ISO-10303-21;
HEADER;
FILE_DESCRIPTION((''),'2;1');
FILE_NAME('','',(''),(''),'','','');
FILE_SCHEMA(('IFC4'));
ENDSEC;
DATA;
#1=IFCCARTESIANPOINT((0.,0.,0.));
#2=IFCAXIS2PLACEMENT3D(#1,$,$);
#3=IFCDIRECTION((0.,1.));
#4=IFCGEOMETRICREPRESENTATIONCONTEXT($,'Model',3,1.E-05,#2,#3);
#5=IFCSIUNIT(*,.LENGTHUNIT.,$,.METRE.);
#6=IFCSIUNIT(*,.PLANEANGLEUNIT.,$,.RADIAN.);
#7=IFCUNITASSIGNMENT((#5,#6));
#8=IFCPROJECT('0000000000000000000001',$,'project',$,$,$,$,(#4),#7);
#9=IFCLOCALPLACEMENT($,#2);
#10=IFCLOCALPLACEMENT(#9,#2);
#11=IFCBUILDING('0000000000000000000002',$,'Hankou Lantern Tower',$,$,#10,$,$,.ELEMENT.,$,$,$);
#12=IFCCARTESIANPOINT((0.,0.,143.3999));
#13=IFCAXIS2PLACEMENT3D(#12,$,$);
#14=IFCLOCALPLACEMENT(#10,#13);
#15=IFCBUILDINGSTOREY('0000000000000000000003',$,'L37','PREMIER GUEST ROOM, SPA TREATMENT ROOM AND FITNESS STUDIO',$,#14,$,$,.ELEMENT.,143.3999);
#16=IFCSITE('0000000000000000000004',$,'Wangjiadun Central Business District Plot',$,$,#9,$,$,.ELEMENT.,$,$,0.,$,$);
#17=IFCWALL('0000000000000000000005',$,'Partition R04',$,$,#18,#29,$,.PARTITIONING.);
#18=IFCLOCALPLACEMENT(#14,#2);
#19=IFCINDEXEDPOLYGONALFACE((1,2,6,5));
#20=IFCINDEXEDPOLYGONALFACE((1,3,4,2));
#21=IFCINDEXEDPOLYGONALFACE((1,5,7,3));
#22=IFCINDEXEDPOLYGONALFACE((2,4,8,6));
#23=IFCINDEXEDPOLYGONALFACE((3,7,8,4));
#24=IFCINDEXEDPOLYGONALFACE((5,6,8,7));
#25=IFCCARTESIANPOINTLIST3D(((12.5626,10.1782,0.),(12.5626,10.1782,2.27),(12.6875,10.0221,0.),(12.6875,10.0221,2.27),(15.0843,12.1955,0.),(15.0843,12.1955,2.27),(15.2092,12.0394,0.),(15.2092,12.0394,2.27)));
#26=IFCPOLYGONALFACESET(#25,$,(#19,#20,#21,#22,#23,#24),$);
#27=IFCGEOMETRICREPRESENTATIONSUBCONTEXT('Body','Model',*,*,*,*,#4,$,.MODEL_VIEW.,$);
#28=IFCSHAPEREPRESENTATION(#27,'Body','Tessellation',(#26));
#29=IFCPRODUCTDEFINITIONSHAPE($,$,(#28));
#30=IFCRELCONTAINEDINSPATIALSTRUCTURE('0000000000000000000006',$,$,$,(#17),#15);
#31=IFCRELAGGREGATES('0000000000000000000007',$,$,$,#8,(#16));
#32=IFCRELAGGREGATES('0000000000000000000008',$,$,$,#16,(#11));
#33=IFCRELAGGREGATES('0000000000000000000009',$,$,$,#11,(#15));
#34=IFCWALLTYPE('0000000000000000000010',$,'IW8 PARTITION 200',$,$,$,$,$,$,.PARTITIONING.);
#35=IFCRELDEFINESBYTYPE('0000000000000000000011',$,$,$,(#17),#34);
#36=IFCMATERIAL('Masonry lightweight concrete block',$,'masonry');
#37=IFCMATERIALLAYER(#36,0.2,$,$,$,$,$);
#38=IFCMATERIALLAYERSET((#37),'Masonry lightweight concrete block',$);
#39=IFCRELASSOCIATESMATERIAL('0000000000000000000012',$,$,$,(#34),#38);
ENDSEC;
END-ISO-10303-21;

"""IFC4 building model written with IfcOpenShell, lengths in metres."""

from ifc_helpers import new_model, si_unit, direction, frame, frame_2d, origin, place, context, subcontext, project, spatial, rectangle, extrude, material, layer, layer_set, type_object, element, save


model = new_model("IFC4")

# Units and contexts
model_context = context("Model", 3, precision=1e-05, world=origin(), true_north=direction((0.0, 1.0)))
body_context = subcontext(model_context, "Body", "Model", "MODEL_VIEW")
ifc_project = project(units=[si_unit("LENGTHUNIT", "METRE"), si_unit("PLANEANGLEUNIT", "RADIAN")], contexts=[model_context])

# Site, building, storey
site_placement = place(None, origin())
site = spatial("IfcSite", under=ifc_project, at=site_placement, Name="Wangjiadun Central Business District Plot", CompositionType="ELEMENT", RefElevation=0.0)
building_placement = place(site_placement, origin())
building = spatial("IfcBuilding", under=site, at=building_placement, Name="Hankou Lantern Tower", CompositionType="ELEMENT")
storey_placement = place(building_placement, frame((0.0, 0.0, 143.3999)))
storey = spatial("IfcBuildingStorey", under=building, at=storey_placement, Name="L37", Description="PREMIER GUEST ROOM, SPA TREATMENT ROOM AND FITNESS STUDIO", CompositionType="ELEMENT", Elevation=143.3999)

# Wall
ifc_material_1 = material(Name="Masonry lightweight concrete block", Category="masonry")
ifc_layer_1 = layer(ifc_material_1, 0.2)
ifc_layer_set_1 = layer_set([ifc_layer_1], Name="Masonry lightweight concrete block")
wall_type_1 = type_object("IfcWallType", Name="IW8 PARTITION 200", PredefinedType="PARTITIONING", material=ifc_layer_set_1)
wall_1_placement = place(storey_placement, frame((12.625, 10.1001, 0.0), z_axis=(0.0, 0.0, 1.0), x_axis=(0.780876, 0.624686, 0.0)))
element("IfcWall", 1, at=wall_1_placement, inside=storey, type_object=wall_type_1, Name="Partition R04", PredefinedType="PARTITIONING", context=body_context, shape_type="SweptSolid", body=[
    extrude(rectangle(XDim=3.2292, YDim=0.2, at=frame_2d((1.6147, 0.0))), origin(), (0.0, 0.0, 1.0), 2.27),
])

save(model, "model.ifc")
